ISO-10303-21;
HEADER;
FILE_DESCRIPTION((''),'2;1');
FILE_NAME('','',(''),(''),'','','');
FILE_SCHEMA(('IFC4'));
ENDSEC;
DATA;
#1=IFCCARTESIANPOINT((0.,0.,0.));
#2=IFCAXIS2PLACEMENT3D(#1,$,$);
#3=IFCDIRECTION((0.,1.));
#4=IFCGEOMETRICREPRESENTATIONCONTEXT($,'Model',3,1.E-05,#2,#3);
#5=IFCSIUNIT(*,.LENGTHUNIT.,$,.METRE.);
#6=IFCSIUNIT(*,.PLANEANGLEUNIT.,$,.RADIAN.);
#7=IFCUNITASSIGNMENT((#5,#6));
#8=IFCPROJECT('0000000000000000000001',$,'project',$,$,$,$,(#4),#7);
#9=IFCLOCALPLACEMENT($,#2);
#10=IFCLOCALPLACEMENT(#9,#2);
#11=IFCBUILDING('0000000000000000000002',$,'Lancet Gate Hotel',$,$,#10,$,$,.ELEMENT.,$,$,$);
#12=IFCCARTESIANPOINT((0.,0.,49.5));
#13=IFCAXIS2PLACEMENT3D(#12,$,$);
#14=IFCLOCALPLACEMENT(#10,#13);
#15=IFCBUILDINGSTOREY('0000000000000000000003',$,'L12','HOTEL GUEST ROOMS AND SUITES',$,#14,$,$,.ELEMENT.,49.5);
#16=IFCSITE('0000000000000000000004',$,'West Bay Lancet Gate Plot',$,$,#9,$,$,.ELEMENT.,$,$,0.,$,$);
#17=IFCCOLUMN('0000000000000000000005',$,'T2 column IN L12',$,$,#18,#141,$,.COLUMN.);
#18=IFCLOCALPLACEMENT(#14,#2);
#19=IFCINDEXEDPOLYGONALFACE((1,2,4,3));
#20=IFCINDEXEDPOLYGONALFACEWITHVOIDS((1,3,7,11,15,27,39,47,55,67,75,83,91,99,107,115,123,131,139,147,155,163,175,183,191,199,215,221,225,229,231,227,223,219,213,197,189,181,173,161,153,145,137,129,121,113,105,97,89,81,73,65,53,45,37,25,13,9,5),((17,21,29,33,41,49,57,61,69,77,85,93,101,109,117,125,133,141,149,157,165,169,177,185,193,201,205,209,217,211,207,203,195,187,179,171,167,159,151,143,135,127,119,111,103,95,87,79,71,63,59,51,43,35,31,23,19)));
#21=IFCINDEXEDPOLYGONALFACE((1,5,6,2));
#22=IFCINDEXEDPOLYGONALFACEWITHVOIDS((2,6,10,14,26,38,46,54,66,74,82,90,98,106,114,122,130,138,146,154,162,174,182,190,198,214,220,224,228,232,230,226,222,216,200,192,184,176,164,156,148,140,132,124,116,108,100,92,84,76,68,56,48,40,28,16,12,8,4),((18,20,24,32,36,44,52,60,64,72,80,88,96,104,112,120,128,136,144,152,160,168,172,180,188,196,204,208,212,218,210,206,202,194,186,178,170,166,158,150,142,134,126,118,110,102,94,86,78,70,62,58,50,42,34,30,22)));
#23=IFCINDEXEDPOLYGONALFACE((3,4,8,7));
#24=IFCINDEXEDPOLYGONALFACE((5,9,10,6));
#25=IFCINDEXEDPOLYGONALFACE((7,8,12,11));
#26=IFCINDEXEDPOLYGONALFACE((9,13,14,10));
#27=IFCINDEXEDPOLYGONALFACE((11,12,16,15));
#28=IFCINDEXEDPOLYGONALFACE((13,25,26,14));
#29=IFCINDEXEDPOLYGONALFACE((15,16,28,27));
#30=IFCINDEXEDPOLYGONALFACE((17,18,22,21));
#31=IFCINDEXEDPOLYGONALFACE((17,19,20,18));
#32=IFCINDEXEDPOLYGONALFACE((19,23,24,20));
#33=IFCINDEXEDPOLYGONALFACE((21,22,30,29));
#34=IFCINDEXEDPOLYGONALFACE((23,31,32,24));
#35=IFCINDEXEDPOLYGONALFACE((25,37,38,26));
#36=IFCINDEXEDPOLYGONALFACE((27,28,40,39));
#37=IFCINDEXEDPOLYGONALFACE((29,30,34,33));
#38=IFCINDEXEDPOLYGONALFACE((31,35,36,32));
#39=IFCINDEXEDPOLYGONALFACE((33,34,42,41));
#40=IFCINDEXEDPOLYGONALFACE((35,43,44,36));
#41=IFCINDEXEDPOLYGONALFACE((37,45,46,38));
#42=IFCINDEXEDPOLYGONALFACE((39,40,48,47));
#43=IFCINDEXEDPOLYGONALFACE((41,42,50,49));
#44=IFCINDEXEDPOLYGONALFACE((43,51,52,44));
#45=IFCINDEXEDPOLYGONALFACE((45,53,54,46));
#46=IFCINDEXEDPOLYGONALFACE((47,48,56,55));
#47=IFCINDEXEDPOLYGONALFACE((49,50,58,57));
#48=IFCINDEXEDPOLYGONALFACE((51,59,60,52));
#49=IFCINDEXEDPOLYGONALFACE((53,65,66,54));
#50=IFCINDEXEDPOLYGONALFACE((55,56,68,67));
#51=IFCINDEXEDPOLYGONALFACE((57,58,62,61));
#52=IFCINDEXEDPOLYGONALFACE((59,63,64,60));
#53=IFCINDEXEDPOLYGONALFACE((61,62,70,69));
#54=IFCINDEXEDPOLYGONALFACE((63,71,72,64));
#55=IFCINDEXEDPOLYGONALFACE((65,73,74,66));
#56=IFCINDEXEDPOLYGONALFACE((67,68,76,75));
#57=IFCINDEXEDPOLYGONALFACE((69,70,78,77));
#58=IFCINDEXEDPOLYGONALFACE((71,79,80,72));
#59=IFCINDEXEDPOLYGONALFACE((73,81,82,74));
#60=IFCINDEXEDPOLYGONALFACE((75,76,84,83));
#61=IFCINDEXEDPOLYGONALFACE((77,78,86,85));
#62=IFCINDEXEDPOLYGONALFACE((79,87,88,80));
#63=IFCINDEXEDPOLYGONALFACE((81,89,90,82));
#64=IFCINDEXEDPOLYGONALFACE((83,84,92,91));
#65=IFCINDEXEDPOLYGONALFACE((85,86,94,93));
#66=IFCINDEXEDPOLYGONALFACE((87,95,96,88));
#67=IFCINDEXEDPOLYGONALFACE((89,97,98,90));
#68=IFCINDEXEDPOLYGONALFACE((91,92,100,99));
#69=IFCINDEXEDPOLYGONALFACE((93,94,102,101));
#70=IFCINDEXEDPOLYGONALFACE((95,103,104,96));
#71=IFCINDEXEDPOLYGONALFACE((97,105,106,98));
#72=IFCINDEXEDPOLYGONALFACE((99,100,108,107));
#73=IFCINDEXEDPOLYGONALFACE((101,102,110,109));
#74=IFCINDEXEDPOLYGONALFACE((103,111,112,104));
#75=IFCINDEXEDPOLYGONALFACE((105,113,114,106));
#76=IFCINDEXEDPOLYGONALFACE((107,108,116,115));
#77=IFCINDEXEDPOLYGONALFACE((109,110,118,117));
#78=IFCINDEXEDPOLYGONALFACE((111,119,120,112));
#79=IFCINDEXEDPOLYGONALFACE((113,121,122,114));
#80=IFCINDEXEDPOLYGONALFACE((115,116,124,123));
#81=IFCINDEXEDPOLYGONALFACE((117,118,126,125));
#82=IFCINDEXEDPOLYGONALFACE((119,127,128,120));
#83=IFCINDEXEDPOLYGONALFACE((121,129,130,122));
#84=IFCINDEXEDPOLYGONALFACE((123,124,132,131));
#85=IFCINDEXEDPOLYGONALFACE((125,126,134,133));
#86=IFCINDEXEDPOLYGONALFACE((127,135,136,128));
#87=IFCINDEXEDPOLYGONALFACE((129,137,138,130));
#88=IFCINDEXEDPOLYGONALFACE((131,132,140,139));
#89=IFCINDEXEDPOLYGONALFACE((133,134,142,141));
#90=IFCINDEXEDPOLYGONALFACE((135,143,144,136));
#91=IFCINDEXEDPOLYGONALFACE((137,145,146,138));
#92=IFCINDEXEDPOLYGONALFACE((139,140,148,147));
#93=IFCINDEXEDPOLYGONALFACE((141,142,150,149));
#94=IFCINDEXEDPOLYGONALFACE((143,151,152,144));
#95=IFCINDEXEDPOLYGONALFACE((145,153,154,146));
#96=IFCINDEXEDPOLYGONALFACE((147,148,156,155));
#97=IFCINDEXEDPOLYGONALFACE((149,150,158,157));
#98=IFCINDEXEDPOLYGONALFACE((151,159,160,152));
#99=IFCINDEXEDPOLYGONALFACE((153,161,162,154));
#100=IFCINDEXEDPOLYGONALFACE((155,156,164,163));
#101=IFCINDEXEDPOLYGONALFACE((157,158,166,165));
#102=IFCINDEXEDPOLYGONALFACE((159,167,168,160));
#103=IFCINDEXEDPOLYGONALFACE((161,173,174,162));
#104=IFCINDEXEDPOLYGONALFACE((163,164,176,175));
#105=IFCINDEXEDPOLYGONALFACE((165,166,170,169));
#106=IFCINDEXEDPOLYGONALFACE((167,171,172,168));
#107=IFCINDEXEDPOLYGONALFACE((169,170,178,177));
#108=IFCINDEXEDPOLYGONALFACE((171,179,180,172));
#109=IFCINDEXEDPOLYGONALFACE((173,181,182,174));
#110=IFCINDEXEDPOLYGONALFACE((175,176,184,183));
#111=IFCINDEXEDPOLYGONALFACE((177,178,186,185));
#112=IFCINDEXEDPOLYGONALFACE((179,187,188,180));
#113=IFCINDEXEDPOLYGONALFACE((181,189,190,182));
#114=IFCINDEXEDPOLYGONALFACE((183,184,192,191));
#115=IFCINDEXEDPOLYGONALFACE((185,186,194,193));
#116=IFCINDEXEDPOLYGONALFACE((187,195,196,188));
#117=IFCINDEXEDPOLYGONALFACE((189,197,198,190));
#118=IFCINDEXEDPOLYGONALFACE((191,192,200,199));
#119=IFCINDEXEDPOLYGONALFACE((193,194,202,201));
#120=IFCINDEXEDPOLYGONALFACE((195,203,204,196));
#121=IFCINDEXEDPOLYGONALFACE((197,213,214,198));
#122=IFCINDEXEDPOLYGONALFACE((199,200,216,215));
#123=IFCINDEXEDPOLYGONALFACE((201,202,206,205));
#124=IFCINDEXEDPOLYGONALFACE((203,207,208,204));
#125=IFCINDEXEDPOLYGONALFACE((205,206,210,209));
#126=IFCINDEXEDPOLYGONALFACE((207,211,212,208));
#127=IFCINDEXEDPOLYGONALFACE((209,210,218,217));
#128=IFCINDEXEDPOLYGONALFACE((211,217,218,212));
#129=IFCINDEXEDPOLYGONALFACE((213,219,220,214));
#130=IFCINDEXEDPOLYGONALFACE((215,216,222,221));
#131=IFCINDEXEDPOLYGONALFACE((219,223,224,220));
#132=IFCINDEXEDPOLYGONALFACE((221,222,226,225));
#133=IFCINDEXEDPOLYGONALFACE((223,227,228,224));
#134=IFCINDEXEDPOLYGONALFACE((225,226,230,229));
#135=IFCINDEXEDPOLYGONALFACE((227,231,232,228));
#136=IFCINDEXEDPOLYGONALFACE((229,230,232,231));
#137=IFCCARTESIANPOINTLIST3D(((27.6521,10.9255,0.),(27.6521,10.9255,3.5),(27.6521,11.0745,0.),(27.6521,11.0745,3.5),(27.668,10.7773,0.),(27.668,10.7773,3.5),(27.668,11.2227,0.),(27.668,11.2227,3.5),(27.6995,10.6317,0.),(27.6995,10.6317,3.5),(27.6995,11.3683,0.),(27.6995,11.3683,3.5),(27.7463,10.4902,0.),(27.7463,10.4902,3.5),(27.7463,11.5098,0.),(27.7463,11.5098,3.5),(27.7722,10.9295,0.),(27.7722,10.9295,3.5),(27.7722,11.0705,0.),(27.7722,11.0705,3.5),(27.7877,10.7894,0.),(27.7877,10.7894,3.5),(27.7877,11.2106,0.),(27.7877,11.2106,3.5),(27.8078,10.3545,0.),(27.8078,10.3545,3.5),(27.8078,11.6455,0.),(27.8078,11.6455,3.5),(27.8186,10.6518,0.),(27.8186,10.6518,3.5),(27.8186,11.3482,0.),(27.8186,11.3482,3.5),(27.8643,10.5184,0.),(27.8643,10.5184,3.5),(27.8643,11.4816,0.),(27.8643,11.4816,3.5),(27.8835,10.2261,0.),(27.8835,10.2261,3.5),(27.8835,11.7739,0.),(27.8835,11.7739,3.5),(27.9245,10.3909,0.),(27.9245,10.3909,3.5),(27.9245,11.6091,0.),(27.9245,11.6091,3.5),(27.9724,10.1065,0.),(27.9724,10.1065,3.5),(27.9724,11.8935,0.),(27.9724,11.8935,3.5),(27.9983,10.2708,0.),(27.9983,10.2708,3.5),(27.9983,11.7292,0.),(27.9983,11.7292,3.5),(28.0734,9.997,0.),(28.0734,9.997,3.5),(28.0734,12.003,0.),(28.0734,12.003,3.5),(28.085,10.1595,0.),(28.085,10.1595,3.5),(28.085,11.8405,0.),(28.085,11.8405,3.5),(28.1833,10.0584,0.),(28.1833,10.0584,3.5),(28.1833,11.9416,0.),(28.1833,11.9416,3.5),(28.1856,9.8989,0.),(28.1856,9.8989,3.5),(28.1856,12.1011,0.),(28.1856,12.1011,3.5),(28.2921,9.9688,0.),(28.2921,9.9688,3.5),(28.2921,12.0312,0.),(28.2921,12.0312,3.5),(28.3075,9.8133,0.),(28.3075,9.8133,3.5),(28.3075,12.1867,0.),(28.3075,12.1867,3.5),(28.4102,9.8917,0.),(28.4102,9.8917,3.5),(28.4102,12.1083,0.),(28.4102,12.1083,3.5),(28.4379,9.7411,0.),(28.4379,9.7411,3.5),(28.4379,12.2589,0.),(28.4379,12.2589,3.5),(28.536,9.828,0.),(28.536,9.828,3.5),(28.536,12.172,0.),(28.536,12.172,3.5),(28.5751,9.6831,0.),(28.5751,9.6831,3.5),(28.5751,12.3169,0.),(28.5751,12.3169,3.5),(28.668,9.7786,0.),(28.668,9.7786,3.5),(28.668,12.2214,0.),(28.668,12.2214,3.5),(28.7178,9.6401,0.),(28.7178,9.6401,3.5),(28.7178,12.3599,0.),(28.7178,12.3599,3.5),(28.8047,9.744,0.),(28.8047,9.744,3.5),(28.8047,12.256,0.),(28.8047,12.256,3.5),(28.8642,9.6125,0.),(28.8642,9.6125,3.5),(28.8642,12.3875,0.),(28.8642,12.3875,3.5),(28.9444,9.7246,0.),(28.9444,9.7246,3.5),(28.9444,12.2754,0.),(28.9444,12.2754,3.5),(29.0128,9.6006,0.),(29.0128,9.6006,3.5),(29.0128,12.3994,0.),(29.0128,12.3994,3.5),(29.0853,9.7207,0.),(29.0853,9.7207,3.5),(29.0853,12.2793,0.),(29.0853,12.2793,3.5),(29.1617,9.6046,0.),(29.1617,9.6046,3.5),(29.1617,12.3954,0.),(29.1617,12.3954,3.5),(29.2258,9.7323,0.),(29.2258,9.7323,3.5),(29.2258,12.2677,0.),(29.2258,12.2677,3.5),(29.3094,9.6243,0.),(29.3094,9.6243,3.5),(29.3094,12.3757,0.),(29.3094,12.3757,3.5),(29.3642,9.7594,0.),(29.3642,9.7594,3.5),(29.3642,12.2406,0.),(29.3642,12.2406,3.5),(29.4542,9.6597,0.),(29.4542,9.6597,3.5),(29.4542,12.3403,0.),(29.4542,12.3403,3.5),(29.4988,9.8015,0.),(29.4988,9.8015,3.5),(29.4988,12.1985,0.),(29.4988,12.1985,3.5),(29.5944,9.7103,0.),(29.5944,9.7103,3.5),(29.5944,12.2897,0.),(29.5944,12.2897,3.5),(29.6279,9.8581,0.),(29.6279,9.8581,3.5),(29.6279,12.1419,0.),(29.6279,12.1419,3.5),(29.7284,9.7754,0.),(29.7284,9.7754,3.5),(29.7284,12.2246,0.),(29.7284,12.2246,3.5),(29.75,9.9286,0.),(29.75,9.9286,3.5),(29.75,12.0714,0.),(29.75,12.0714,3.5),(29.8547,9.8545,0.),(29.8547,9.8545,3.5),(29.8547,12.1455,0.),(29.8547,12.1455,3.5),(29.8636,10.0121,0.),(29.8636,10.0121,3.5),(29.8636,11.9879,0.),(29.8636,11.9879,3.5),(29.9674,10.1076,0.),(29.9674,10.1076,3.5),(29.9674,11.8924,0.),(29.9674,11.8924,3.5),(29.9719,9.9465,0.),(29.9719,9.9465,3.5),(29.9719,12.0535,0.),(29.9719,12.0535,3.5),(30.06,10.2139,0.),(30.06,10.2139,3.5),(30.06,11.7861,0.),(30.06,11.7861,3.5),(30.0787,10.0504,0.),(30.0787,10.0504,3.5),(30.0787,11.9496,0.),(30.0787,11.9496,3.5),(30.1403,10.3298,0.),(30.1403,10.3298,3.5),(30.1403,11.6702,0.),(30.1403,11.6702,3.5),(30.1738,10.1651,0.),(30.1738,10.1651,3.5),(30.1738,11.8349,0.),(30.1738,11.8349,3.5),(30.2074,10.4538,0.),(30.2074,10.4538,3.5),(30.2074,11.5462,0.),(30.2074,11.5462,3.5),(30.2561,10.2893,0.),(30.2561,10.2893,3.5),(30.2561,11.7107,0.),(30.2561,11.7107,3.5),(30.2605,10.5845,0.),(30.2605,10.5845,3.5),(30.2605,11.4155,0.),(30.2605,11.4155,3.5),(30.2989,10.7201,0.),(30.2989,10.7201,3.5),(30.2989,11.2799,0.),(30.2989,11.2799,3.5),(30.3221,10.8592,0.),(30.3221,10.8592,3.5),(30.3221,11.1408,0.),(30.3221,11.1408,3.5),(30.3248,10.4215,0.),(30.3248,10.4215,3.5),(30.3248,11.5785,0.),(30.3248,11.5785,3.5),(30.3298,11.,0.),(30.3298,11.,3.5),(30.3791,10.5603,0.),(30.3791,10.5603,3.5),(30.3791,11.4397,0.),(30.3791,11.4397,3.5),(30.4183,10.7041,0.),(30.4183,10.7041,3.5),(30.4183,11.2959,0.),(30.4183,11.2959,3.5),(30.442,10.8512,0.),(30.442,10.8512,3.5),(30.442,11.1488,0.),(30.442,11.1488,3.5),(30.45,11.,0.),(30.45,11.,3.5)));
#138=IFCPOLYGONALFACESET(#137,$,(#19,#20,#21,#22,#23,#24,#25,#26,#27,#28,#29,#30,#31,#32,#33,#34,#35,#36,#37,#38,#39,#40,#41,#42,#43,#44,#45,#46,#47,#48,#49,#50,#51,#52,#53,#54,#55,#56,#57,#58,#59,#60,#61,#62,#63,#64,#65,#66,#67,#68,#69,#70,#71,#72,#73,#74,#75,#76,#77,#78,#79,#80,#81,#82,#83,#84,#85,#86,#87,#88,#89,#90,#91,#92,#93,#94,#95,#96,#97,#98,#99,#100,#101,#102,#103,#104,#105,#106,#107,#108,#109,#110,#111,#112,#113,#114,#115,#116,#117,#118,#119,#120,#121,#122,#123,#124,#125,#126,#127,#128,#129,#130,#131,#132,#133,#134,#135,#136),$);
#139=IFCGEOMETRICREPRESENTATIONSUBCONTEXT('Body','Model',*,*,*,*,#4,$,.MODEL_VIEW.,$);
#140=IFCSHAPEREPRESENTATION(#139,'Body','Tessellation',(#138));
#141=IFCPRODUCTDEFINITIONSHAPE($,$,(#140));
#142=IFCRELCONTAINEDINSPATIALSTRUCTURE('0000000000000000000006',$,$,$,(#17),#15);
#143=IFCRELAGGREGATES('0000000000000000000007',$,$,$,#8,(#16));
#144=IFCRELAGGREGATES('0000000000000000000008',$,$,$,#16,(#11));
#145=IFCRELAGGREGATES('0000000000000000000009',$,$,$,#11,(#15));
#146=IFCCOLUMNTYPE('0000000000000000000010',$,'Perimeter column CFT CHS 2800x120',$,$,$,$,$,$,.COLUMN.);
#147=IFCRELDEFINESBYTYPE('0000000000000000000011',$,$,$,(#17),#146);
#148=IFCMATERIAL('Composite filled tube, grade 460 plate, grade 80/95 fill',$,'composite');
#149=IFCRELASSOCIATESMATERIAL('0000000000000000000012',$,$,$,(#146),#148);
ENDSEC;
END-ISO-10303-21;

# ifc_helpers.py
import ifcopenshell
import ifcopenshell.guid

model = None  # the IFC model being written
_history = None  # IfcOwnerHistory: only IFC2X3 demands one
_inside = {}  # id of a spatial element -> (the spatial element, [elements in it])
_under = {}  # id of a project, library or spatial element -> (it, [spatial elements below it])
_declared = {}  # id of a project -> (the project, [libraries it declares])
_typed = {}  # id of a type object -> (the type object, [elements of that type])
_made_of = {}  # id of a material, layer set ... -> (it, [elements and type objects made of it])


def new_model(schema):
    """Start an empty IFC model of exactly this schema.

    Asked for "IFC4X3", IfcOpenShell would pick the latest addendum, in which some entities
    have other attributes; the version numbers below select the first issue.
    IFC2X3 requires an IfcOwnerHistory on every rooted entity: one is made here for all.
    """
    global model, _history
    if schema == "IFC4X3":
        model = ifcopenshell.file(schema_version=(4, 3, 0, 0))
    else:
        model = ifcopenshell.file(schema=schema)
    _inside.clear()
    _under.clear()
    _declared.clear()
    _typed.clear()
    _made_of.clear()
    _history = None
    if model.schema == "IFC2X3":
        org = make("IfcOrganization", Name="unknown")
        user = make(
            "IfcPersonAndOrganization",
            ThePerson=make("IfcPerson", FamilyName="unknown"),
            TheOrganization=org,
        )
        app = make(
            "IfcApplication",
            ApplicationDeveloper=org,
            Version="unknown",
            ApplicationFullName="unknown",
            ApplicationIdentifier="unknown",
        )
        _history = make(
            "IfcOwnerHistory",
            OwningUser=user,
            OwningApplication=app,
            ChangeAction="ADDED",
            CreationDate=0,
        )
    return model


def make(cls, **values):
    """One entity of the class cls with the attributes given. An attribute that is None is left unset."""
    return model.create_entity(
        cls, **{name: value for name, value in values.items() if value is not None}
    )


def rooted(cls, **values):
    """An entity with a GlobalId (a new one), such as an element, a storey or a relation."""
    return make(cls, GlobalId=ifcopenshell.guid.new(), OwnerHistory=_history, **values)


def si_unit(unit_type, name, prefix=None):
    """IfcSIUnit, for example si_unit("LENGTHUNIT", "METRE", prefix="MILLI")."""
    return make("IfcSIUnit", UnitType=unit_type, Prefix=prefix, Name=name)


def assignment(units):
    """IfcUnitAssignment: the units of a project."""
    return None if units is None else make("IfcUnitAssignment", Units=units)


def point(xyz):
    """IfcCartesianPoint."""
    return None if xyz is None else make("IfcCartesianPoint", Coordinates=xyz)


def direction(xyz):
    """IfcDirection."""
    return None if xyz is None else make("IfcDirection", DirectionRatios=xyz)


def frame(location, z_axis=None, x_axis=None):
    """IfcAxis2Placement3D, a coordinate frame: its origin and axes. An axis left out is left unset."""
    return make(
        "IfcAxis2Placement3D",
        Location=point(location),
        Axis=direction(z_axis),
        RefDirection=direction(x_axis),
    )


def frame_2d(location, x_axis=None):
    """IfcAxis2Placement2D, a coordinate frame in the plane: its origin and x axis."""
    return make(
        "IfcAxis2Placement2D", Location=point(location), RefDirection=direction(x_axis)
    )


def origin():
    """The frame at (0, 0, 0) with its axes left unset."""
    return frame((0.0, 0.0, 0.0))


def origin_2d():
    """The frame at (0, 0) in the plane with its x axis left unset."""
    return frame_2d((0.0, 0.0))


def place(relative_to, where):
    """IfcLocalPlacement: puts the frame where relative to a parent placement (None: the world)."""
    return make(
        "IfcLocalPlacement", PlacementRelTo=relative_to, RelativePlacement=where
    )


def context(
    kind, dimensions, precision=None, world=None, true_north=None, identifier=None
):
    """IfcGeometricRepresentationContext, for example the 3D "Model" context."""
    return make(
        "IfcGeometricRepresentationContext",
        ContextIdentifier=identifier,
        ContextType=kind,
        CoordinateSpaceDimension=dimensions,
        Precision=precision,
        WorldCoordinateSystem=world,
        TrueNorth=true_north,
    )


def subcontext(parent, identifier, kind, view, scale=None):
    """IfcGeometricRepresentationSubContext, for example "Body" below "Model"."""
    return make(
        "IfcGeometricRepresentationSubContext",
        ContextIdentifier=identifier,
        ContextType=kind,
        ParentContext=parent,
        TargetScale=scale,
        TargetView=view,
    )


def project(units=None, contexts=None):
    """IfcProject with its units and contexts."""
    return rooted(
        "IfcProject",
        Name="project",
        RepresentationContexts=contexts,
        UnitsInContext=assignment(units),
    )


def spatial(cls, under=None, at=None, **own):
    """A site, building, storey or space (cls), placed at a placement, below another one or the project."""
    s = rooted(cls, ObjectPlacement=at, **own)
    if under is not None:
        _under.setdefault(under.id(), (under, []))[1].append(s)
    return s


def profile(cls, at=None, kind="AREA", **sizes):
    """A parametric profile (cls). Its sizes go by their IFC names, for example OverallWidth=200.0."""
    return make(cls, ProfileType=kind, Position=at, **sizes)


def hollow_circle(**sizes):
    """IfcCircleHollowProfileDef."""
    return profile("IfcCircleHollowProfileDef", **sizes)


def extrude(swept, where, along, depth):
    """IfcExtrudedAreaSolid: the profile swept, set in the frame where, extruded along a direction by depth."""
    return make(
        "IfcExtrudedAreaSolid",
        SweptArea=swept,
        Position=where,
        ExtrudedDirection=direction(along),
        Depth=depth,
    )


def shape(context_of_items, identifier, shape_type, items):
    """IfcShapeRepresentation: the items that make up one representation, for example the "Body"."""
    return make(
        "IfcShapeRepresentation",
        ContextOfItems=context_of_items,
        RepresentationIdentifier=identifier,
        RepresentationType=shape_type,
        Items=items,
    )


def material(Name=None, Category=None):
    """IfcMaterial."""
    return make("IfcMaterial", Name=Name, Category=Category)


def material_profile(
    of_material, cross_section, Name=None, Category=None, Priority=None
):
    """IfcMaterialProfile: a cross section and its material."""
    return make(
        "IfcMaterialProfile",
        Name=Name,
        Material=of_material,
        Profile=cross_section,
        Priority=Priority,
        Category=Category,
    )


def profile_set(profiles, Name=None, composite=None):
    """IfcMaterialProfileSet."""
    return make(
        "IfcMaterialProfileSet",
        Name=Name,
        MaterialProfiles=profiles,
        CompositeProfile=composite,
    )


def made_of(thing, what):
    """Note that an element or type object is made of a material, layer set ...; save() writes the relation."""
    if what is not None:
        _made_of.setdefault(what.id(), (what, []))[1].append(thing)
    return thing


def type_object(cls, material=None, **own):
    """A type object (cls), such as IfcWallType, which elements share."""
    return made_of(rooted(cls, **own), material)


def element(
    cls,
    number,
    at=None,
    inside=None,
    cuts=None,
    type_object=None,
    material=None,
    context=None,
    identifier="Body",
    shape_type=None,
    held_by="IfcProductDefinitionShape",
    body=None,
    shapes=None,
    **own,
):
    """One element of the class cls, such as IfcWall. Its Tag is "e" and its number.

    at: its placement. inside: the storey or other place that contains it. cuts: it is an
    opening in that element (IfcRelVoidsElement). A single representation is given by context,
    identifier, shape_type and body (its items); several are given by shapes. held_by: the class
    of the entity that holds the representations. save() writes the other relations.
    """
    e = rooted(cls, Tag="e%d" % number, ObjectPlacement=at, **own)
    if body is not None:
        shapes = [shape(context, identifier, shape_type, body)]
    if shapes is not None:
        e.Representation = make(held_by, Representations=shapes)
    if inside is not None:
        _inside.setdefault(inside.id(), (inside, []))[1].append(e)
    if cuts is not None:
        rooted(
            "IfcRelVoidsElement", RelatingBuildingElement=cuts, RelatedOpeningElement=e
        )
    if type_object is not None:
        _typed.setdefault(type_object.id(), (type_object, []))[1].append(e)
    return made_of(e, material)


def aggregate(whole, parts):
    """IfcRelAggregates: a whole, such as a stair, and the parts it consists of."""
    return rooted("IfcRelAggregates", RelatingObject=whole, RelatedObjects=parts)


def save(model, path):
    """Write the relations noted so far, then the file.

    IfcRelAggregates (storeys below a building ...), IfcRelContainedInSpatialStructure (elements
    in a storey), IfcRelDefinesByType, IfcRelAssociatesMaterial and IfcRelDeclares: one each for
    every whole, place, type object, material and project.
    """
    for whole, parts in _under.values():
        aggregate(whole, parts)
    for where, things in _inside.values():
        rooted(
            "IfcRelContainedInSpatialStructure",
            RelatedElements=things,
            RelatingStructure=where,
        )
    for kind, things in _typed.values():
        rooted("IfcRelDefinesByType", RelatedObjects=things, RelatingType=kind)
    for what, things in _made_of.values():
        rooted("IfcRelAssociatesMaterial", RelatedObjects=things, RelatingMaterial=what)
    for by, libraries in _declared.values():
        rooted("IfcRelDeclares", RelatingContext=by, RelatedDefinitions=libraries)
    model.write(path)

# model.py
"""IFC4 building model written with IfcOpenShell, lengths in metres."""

from ifc_helpers import new_model, si_unit, direction, frame, origin, origin_2d, place, context, subcontext, project, spatial, hollow_circle, extrude, material, material_profile, profile_set, type_object, element, save


model = new_model("IFC4")

# Units and contexts
model_context = context("Model", 3, precision=1e-05, world=origin(), true_north=direction((0.0, 1.0)))
body_context = subcontext(model_context, "Body", "Model", "MODEL_VIEW")
ifc_project = project(units=[si_unit("LENGTHUNIT", "METRE"), si_unit("PLANEANGLEUNIT", "RADIAN")], contexts=[model_context])

# Site, building, storey
site_placement = place(None, origin())
site = spatial("IfcSite", under=ifc_project, at=site_placement, Name="West Bay Lancet Gate Plot", CompositionType="ELEMENT", RefElevation=0.0)
building_placement = place(site_placement, origin())
building = spatial("IfcBuilding", under=site, at=building_placement, Name="Lancet Gate Hotel", CompositionType="ELEMENT")
storey_placement = place(building_placement, frame((0.0, 0.0, 49.5)))
storey = spatial("IfcBuildingStorey", under=building, at=storey_placement, Name="L12", Description="HOTEL GUEST ROOMS AND SUITES", CompositionType="ELEMENT", Elevation=49.5)

# Column
ifc_material_1 = material(Name="Composite filled tube, grade 460 plate, grade 80/95 fill", Category="composite")
ifc_material_profile_1 = material_profile(ifc_material_1, hollow_circle(Radius=1.3999, WallThickness=0.1201, at=origin_2d()), Name="CHS 2800x120")
ifc_profile_set_1 = profile_set([ifc_material_profile_1], Name="Composite filled tube, grade 460 plate, grade 80/95 fill")
column_type = type_object("IfcColumnType", Name="Perimeter column CFT CHS 2800x120", PredefinedType="COLUMN", material=ifc_profile_set_1)
for number, where, z_axis, x_axis, name in (
    (1, (29.05, 11.0, 0.0), (0.0, 0.0, 1.0), (1.0, 0.0, 0.0), "T2 column IN L12"),
):
    element("IfcColumn", number, at=place(storey_placement, frame(where, z_axis=z_axis, x_axis=x_axis)), inside=storey, type_object=column_type, Name=name, PredefinedType="COLUMN", context=body_context, shape_type="SweptSolid", body=[
        extrude(hollow_circle(Radius=1.3999, WallThickness=0.1201, at=origin_2d()), origin(), (0.0, 0.0, 1.0), 3.5),
    ])

save(model, "model.ifc")
